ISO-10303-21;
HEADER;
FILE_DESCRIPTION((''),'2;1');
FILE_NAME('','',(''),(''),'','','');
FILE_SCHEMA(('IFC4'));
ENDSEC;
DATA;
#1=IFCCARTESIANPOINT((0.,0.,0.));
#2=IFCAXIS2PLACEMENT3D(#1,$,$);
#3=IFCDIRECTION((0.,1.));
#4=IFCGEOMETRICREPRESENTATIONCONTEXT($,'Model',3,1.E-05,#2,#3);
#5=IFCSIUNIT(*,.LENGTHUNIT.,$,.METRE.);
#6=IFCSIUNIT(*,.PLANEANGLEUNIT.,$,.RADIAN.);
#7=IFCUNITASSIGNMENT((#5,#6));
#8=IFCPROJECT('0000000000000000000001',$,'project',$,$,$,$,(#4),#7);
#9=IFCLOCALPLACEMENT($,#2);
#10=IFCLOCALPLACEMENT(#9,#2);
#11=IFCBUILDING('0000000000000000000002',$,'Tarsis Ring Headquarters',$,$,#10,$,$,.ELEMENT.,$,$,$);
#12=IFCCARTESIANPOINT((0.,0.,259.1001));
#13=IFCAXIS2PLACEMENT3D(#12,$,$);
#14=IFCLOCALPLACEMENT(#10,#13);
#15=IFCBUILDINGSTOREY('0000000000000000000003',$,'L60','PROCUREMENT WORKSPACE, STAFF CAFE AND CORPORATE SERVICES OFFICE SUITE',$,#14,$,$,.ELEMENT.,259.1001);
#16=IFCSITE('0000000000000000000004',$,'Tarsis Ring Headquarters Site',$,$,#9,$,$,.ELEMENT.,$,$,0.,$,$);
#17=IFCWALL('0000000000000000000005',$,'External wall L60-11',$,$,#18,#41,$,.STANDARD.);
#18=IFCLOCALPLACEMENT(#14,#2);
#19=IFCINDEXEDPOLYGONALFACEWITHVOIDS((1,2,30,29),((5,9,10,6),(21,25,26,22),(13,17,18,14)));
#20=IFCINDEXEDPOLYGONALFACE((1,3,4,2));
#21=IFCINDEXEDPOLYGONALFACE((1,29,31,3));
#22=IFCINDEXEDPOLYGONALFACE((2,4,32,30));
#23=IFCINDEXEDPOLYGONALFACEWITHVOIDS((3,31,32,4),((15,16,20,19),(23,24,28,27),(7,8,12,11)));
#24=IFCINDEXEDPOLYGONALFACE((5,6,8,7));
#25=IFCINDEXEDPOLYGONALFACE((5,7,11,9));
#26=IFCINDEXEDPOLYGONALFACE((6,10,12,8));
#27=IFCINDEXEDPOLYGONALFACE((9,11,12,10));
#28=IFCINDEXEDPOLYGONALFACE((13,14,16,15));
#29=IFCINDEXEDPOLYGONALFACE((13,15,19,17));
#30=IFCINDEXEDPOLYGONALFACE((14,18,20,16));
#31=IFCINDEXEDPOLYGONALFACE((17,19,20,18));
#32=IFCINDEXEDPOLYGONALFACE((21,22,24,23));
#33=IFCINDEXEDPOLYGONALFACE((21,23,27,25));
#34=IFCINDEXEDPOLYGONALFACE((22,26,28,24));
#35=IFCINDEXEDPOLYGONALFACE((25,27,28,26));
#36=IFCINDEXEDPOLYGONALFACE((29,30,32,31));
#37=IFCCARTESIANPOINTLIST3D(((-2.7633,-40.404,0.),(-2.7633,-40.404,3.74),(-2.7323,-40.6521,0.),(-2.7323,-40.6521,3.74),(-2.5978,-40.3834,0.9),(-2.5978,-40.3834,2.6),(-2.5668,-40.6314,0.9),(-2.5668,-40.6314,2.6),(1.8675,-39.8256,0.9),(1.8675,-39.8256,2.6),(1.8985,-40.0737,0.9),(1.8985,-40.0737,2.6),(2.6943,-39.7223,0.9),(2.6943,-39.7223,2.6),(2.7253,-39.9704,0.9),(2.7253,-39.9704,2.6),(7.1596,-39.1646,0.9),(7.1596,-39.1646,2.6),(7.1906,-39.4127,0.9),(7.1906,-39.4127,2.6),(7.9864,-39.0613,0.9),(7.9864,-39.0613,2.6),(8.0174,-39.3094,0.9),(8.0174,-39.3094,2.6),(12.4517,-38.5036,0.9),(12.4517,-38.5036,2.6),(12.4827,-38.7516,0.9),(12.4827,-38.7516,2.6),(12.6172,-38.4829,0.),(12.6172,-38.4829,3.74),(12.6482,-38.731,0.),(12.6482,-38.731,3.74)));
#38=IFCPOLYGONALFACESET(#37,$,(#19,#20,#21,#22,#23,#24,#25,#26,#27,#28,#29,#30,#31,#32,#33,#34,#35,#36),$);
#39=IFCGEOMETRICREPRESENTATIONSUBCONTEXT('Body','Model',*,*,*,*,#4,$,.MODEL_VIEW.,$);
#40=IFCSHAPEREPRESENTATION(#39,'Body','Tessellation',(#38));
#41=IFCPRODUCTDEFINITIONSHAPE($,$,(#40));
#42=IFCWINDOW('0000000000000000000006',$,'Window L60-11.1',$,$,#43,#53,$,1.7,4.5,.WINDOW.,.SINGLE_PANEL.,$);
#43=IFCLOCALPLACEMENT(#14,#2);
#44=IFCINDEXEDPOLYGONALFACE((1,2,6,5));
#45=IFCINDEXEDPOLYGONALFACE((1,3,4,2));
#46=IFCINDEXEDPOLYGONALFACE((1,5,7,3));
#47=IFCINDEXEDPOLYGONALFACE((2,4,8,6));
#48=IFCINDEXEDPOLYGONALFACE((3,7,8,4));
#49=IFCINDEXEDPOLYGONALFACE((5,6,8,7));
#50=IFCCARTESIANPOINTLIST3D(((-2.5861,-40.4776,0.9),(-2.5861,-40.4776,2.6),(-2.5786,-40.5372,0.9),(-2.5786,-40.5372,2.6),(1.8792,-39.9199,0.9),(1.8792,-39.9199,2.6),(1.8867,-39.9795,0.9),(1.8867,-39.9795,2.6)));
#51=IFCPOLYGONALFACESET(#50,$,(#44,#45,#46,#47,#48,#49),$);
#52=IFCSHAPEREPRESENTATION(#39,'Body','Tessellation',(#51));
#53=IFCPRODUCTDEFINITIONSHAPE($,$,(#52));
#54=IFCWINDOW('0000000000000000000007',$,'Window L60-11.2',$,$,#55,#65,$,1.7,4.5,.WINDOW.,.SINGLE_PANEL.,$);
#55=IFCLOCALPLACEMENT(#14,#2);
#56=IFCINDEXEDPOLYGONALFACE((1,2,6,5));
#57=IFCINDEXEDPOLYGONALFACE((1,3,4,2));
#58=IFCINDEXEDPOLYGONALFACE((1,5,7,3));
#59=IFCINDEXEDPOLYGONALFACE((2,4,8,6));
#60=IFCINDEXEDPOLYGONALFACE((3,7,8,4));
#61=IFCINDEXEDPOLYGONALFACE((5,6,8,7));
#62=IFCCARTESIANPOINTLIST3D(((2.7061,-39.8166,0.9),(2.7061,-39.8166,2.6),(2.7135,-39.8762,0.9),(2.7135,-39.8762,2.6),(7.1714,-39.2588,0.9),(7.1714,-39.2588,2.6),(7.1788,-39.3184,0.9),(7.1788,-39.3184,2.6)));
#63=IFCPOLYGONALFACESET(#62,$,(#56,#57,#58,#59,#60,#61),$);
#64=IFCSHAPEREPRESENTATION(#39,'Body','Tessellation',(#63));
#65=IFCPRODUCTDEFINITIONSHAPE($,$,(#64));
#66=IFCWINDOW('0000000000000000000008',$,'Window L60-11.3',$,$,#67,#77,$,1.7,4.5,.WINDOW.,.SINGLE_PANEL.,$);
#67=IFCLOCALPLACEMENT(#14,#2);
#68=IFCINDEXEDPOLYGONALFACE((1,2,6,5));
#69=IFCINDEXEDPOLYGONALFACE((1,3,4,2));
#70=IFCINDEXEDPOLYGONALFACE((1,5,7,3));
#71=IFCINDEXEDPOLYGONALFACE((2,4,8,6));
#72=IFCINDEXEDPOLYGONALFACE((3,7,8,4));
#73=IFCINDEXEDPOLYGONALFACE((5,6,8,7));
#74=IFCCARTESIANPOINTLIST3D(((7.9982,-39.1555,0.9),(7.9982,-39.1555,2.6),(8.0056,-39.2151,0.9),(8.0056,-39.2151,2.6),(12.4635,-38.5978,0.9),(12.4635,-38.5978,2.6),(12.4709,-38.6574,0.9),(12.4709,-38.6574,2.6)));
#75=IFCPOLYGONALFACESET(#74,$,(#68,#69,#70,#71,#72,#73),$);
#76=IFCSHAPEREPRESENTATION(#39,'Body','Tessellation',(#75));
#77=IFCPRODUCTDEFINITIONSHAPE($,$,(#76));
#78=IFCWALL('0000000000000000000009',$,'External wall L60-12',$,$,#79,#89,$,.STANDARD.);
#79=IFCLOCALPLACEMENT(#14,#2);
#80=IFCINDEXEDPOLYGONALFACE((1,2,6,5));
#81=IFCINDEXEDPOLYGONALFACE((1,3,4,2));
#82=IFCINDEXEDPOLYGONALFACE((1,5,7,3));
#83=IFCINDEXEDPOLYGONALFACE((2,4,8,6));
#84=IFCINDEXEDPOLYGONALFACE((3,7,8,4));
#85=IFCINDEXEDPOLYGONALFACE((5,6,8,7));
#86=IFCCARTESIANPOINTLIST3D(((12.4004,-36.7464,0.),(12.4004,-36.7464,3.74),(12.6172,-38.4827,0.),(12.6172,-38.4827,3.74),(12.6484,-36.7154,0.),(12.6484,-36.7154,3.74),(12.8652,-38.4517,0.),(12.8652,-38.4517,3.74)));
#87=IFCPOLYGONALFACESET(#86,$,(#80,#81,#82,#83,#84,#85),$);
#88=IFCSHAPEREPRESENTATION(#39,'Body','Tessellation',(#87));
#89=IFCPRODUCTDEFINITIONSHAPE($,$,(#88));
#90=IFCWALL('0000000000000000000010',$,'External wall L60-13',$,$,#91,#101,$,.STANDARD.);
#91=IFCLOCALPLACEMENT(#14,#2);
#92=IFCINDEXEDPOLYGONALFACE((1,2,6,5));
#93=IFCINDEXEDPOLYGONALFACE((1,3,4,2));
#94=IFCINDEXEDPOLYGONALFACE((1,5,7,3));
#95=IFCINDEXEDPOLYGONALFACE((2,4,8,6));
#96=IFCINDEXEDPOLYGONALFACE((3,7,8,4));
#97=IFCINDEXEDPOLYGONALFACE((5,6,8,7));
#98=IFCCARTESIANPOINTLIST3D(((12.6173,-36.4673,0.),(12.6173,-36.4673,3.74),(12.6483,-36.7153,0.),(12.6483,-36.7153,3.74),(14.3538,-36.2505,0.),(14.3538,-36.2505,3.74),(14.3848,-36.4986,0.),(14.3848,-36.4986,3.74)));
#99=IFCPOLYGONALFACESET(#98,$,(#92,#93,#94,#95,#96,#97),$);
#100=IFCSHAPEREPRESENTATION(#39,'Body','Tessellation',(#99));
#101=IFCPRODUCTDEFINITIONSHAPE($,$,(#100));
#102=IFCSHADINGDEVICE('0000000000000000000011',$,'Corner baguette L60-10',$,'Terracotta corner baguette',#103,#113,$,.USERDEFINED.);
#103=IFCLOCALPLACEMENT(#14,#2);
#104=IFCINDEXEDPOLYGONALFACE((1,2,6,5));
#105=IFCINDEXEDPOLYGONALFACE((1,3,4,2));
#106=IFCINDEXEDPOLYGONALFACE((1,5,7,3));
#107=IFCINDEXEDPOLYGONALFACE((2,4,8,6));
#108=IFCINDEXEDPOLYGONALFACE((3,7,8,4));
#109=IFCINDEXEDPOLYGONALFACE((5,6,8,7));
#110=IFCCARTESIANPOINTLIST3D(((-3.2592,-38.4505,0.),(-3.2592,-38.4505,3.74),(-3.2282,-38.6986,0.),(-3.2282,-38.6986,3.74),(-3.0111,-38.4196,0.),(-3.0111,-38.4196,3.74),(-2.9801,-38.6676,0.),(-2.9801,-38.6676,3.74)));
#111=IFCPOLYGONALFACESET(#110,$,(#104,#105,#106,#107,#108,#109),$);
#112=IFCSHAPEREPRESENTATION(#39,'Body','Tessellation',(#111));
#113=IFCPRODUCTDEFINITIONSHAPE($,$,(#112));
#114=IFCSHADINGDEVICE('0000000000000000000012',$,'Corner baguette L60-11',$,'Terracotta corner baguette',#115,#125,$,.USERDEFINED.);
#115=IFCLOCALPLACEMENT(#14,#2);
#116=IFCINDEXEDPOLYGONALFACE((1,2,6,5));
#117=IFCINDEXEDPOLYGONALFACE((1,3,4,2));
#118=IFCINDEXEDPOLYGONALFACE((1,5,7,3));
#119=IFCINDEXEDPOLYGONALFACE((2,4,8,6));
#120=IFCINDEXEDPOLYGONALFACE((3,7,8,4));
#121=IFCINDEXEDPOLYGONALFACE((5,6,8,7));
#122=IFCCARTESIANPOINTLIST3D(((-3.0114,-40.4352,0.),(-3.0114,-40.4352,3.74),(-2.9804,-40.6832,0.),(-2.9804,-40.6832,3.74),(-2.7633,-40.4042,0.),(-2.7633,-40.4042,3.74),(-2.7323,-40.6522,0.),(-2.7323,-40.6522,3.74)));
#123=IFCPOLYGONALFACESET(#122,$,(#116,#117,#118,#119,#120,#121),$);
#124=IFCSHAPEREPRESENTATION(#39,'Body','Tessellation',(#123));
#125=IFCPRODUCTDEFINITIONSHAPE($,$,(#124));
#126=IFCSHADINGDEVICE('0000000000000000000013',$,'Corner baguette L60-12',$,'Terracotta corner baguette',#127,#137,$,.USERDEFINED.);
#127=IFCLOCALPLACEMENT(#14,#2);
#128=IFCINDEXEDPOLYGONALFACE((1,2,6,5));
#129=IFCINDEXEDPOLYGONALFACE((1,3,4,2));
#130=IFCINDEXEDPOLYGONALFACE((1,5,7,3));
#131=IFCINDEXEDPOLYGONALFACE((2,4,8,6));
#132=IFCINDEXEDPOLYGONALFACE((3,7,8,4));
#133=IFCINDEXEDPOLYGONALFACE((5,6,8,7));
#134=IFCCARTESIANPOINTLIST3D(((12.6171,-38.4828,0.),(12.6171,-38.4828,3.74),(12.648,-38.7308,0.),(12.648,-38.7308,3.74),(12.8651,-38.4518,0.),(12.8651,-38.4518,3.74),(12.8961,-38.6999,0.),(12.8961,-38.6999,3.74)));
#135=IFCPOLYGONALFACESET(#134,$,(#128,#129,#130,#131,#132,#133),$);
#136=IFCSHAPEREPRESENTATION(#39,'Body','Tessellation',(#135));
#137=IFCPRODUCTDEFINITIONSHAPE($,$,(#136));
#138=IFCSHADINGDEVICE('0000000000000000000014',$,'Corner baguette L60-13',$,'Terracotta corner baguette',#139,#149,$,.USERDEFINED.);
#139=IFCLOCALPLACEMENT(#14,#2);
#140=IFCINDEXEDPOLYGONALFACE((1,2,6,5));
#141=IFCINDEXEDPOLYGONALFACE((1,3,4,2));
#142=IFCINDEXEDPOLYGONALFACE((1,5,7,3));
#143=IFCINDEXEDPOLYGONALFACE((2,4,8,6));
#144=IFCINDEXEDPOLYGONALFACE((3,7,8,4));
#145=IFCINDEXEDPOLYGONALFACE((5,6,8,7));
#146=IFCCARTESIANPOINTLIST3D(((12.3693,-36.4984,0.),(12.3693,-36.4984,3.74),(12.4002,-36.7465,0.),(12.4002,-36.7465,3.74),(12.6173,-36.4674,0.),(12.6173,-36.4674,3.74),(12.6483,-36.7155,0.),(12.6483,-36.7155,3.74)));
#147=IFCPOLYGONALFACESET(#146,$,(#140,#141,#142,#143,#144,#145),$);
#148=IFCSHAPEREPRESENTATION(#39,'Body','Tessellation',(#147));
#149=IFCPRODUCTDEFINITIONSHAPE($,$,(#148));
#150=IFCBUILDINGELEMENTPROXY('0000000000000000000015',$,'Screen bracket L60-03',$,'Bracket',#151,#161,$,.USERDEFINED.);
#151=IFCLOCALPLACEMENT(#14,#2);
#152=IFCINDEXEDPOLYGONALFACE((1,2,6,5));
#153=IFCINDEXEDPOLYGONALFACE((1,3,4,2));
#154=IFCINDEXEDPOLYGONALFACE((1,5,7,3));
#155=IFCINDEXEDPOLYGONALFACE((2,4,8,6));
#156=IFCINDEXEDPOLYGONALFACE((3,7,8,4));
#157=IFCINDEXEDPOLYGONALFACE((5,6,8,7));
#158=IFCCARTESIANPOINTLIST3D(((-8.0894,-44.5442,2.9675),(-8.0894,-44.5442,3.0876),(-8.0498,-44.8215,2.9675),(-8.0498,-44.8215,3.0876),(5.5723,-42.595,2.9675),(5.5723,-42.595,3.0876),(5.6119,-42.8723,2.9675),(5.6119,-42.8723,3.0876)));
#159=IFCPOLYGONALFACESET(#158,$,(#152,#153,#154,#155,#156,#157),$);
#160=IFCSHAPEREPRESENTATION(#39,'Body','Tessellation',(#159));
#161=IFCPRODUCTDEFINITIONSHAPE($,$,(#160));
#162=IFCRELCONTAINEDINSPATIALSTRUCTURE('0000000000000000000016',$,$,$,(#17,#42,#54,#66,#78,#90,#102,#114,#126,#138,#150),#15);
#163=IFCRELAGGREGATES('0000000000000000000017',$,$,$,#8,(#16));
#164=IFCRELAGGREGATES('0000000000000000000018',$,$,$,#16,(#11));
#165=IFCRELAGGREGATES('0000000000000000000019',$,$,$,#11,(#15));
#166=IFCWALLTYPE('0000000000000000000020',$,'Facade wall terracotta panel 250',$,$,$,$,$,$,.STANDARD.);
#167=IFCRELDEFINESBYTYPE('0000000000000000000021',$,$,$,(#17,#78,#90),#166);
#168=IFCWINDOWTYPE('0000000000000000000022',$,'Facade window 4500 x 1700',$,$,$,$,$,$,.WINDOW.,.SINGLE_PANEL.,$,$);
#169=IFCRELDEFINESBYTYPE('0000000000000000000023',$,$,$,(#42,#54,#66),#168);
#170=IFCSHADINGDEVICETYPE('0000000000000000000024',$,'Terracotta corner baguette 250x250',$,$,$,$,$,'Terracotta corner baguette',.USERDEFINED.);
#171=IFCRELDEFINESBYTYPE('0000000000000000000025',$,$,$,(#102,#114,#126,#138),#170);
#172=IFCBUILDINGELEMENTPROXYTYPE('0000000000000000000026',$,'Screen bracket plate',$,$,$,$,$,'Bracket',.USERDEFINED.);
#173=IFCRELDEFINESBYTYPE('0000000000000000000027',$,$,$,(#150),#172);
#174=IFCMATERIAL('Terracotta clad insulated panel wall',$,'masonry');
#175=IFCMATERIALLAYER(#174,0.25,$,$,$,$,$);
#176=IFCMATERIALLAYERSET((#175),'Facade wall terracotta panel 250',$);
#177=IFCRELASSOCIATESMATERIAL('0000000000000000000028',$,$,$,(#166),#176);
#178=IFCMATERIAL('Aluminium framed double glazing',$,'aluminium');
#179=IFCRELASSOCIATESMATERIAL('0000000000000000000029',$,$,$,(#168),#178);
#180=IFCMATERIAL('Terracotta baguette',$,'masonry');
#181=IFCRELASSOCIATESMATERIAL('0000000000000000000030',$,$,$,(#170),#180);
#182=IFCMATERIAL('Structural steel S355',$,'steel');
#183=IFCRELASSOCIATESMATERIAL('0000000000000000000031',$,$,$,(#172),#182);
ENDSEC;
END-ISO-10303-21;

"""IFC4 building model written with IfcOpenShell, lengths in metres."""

from ifc_helpers import new_model, si_unit, direction, frame, frame_2d, origin, origin_2d, place, context, subcontext, project, spatial, rectangle, extrude, material, layer, layer_set, type_object, element, fill, save


model = new_model("IFC4")

# Units and contexts
model_context = context("Model", 3, precision=1e-05, world=origin(), true_north=direction((0.0, 1.0)))
body_context = subcontext(model_context, "Body", "Model", "MODEL_VIEW")
ifc_project = project(units=[si_unit("LENGTHUNIT", "METRE"), si_unit("PLANEANGLEUNIT", "RADIAN")], contexts=[model_context])

# Site, building, storey
site_placement = place(None, origin())
site = spatial("IfcSite", under=ifc_project, at=site_placement, Name="Tarsis Ring Headquarters Site", CompositionType="ELEMENT", RefElevation=0.0)
building_placement = place(site_placement, origin())
building = spatial("IfcBuilding", under=site, at=building_placement, Name="Tarsis Ring Headquarters", CompositionType="ELEMENT")
storey_placement = place(building_placement, frame((0.0, 0.0, 259.1001)))
storey = spatial("IfcBuildingStorey", under=building, at=storey_placement, Name="L60", Description="PROCUREMENT WORKSPACE, STAFF CAFE AND CORPORATE SERVICES OFFICE SUITE", CompositionType="ELEMENT", Elevation=259.1001)

# Shared definitions
ifc_material_1 = material(Name="Structural steel S355", Category="steel")

# Shared definitions
ifc_material_2 = material(Name="Terracotta clad insulated panel wall", Category="masonry")
ifc_layer_1 = layer(ifc_material_2, 0.25)
ifc_layer_set_1 = layer_set([ifc_layer_1], Name="Facade wall terracotta panel 250")
wall_type_1 = type_object("IfcWallType", Name="Facade wall terracotta panel 250", PredefinedType="STANDARD", material=ifc_layer_set_1)

# Wall, openings, windows
wall_1_placement = place(storey_placement, frame((-2.7478, -40.5281, 0.0), z_axis=(0.0, 0.0, 1.0), x_axis=(0.992289, 0.123946, 0.0)))
wall_1 = element("IfcWall", 1, at=wall_1_placement, inside=storey, type_object=wall_type_1, Name="External wall L60-11", PredefinedType="STANDARD", context=body_context, shape_type="SweptSolid", body=[
    extrude(rectangle(XDim=15.5, YDim=0.25, at=frame_2d((7.75, 0.0))), origin(), (0.0, 0.0, 1.0), 3.74),
])
opening_1_placement = place(wall_1_placement, frame((0.1667, 0.0, 0.8999)))
opening_1 = element("IfcOpeningElement", 2, at=opening_1_placement, cuts=wall_1, PredefinedType="OPENING", context=body_context, shape_type="SweptSolid", body=[
    extrude(rectangle(XDim=4.5, YDim=1.7, at=frame_2d((2.25, 0.8501))), frame((0.0, 0.135, 0.0), z_axis=(0.0, -1.0, 0.0), x_axis=(1.0, 0.0, 0.0)), (0.0, 0.0, 1.0), 0.27),
])
opening_2_placement = place(wall_1_placement, frame((5.5, 0.0, 0.8999)))
opening_2 = element("IfcOpeningElement", 3, at=opening_2_placement, cuts=wall_1, PredefinedType="OPENING", context=body_context, shape_type="SweptSolid", body=[
    extrude(rectangle(XDim=4.5, YDim=1.7, at=frame_2d((2.25, 0.8501))), frame((0.0, 0.135, 0.0), z_axis=(0.0, -1.0, 0.0), x_axis=(1.0, 0.0, 0.0)), (0.0, 0.0, 1.0), 0.27),
])
opening_3_placement = place(wall_1_placement, frame((10.8333, 0.0, 0.8999)))
opening_3 = element("IfcOpeningElement", 4, at=opening_3_placement, cuts=wall_1, PredefinedType="OPENING", context=body_context, shape_type="SweptSolid", body=[
    extrude(rectangle(XDim=4.5, YDim=1.7, at=frame_2d((2.25, 0.8501))), frame((0.0, 0.135, 0.0), z_axis=(0.0, -1.0, 0.0), x_axis=(1.0, 0.0, 0.0)), (0.0, 0.0, 1.0), 0.27),
])
ifc_material_3 = material(Name="Aluminium framed double glazing", Category="aluminium")
window_type = type_object("IfcWindowType", Name="Facade window 4500 x 1700", PartitioningType="SINGLE_PANEL", PredefinedType="WINDOW", material=ifc_material_3)
window_1_placement = place(opening_1_placement, origin())
window_1 = element("IfcWindow", 5, at=window_1_placement, inside=storey, type_object=window_type, Name="Window L60-11.1", OverallHeight=1.7, OverallWidth=4.5, PartitioningType="SINGLE_PANEL", PredefinedType="WINDOW", context=body_context, shape_type="SweptSolid", body=[
    extrude(rectangle(XDim=4.5, YDim=1.7, at=frame_2d((2.25, 0.8501))), frame((0.0, 0.03, 0.0), z_axis=(0.0, -1.0, 0.0), x_axis=(1.0, 0.0, 0.0)), (0.0, 0.0, 1.0), 0.0601),
])
fill(opening_1, window_1)
window_2_placement = place(opening_2_placement, origin())
window_2 = element("IfcWindow", 6, at=window_2_placement, inside=storey, type_object=window_type, Name="Window L60-11.2", OverallHeight=1.7, OverallWidth=4.5, PartitioningType="SINGLE_PANEL", PredefinedType="WINDOW", context=body_context, shape_type="SweptSolid", body=[
    extrude(rectangle(XDim=4.5, YDim=1.7, at=frame_2d((2.25, 0.8501))), frame((0.0, 0.03, 0.0), z_axis=(0.0, -1.0, 0.0), x_axis=(1.0, 0.0, 0.0)), (0.0, 0.0, 1.0), 0.0601),
])
fill(opening_2, window_2)
window_3_placement = place(opening_3_placement, origin())
window_3 = element("IfcWindow", 7, at=window_3_placement, inside=storey, type_object=window_type, Name="Window L60-11.3", OverallHeight=1.7, OverallWidth=4.5, PartitioningType="SINGLE_PANEL", PredefinedType="WINDOW", context=body_context, shape_type="SweptSolid", body=[
    extrude(rectangle(XDim=4.5, YDim=1.7, at=frame_2d((2.25, 0.8501))), frame((0.0, 0.03, 0.0), z_axis=(0.0, -1.0, 0.0), x_axis=(1.0, 0.0, 0.0)), (0.0, 0.0, 1.0), 0.0601),
])
fill(opening_3, window_3)

# Walls
wall_2_placement = place(storey_placement, frame((12.7412, -38.4673, 0.0), z_axis=(0.0, 0.0, 1.0), x_axis=(-0.123897, 0.992295, 0.0)))
element("IfcWall", 8, at=wall_2_placement, inside=storey, type_object=wall_type_1, Name="External wall L60-12", PredefinedType="STANDARD", context=body_context, shape_type="SweptSolid", body=[
    extrude(rectangle(XDim=1.7498, YDim=0.25, at=frame_2d((0.875, 0.0))), origin(), (0.0, 0.0, 1.0), 3.74),
])
wall_3_placement = place(storey_placement, frame((12.6328, -36.5913, 0.0), z_axis=(0.0, 0.0, 1.0), x_axis=(0.992297, 0.12388, 0.0)))
element("IfcWall", 9, at=wall_3_placement, inside=storey, type_object=wall_type_1, Name="External wall L60-13", PredefinedType="STANDARD", context=body_context, shape_type="SweptSolid", body=[
    extrude(rectangle(XDim=1.75, YDim=0.25, at=frame_2d((0.875, 0.0))), origin(), (0.0, 0.0, 1.0), 3.74),
])

# Shading devices
ifc_material_4 = material(Name="Terracotta baguette", Category="masonry")
shading_device_type_1 = type_object("IfcShadingDeviceType", Name="Terracotta corner baguette 250x250", ElementType="Terracotta corner baguette", PredefinedType="USERDEFINED", material=ifc_material_4)
for number, where, z_axis, x_axis, name in (
    (10, (-3.1196, -38.5591, 0.0), (0.0, 0.0, 1.0), (0.992289, 0.123948, 0.0), "Corner baguette L60-10"),
    (11, (-2.8718, -40.5437, 0.0), (0.0, 0.0, 1.0), (0.123948, -0.992289, 0.0), "Corner baguette L60-11"),
    (12, (12.7566, -38.5913, 0.0), (0.0, 0.0, 1.0), (0.992289, 0.123948, 0.0), "Corner baguette L60-12"),
    (13, (12.5088, -36.6069, 0.0), (0.0, 0.0, 1.0), (-0.123948, 0.992289, 0.0), "Corner baguette L60-13"),
):
    element("IfcShadingDevice", number, at=place(storey_placement, frame(where, z_axis=z_axis, x_axis=x_axis)), inside=storey, type_object=shading_device_type_1, Name=name, ObjectType="Terracotta corner baguette", PredefinedType="USERDEFINED", context=body_context, shape_type="SweptSolid", body=[
        extrude(rectangle(XDim=0.25, YDim=0.25, at=origin_2d()), origin(), (0.0, 0.0, 1.0), 3.74),
    ])

# Building element proxy
building_element_proxy_type = type_object("IfcBuildingElementProxyType", Name="Screen bracket plate", ElementType="Bracket", PredefinedType="USERDEFINED", material=ifc_material_1)
proxy_placement = place(storey_placement, frame((-1.2388, -43.7083, 2.9675), z_axis=(0.0, 0.0, 1.0), x_axis=(0.989974, 0.141247, 0.0)))
element("IfcBuildingElementProxy", 14, at=proxy_placement, inside=storey, type_object=building_element_proxy_type, Name="Screen bracket L60-03", ObjectType="Bracket", PredefinedType="USERDEFINED", context=body_context, shape_type="SweptSolid", body=[
    extrude(rectangle(XDim=13.8, YDim=0.28, at=origin_2d()), origin(), (0.0, 0.0, 1.0), 0.1201),
])

save(model, "model.ifc")
